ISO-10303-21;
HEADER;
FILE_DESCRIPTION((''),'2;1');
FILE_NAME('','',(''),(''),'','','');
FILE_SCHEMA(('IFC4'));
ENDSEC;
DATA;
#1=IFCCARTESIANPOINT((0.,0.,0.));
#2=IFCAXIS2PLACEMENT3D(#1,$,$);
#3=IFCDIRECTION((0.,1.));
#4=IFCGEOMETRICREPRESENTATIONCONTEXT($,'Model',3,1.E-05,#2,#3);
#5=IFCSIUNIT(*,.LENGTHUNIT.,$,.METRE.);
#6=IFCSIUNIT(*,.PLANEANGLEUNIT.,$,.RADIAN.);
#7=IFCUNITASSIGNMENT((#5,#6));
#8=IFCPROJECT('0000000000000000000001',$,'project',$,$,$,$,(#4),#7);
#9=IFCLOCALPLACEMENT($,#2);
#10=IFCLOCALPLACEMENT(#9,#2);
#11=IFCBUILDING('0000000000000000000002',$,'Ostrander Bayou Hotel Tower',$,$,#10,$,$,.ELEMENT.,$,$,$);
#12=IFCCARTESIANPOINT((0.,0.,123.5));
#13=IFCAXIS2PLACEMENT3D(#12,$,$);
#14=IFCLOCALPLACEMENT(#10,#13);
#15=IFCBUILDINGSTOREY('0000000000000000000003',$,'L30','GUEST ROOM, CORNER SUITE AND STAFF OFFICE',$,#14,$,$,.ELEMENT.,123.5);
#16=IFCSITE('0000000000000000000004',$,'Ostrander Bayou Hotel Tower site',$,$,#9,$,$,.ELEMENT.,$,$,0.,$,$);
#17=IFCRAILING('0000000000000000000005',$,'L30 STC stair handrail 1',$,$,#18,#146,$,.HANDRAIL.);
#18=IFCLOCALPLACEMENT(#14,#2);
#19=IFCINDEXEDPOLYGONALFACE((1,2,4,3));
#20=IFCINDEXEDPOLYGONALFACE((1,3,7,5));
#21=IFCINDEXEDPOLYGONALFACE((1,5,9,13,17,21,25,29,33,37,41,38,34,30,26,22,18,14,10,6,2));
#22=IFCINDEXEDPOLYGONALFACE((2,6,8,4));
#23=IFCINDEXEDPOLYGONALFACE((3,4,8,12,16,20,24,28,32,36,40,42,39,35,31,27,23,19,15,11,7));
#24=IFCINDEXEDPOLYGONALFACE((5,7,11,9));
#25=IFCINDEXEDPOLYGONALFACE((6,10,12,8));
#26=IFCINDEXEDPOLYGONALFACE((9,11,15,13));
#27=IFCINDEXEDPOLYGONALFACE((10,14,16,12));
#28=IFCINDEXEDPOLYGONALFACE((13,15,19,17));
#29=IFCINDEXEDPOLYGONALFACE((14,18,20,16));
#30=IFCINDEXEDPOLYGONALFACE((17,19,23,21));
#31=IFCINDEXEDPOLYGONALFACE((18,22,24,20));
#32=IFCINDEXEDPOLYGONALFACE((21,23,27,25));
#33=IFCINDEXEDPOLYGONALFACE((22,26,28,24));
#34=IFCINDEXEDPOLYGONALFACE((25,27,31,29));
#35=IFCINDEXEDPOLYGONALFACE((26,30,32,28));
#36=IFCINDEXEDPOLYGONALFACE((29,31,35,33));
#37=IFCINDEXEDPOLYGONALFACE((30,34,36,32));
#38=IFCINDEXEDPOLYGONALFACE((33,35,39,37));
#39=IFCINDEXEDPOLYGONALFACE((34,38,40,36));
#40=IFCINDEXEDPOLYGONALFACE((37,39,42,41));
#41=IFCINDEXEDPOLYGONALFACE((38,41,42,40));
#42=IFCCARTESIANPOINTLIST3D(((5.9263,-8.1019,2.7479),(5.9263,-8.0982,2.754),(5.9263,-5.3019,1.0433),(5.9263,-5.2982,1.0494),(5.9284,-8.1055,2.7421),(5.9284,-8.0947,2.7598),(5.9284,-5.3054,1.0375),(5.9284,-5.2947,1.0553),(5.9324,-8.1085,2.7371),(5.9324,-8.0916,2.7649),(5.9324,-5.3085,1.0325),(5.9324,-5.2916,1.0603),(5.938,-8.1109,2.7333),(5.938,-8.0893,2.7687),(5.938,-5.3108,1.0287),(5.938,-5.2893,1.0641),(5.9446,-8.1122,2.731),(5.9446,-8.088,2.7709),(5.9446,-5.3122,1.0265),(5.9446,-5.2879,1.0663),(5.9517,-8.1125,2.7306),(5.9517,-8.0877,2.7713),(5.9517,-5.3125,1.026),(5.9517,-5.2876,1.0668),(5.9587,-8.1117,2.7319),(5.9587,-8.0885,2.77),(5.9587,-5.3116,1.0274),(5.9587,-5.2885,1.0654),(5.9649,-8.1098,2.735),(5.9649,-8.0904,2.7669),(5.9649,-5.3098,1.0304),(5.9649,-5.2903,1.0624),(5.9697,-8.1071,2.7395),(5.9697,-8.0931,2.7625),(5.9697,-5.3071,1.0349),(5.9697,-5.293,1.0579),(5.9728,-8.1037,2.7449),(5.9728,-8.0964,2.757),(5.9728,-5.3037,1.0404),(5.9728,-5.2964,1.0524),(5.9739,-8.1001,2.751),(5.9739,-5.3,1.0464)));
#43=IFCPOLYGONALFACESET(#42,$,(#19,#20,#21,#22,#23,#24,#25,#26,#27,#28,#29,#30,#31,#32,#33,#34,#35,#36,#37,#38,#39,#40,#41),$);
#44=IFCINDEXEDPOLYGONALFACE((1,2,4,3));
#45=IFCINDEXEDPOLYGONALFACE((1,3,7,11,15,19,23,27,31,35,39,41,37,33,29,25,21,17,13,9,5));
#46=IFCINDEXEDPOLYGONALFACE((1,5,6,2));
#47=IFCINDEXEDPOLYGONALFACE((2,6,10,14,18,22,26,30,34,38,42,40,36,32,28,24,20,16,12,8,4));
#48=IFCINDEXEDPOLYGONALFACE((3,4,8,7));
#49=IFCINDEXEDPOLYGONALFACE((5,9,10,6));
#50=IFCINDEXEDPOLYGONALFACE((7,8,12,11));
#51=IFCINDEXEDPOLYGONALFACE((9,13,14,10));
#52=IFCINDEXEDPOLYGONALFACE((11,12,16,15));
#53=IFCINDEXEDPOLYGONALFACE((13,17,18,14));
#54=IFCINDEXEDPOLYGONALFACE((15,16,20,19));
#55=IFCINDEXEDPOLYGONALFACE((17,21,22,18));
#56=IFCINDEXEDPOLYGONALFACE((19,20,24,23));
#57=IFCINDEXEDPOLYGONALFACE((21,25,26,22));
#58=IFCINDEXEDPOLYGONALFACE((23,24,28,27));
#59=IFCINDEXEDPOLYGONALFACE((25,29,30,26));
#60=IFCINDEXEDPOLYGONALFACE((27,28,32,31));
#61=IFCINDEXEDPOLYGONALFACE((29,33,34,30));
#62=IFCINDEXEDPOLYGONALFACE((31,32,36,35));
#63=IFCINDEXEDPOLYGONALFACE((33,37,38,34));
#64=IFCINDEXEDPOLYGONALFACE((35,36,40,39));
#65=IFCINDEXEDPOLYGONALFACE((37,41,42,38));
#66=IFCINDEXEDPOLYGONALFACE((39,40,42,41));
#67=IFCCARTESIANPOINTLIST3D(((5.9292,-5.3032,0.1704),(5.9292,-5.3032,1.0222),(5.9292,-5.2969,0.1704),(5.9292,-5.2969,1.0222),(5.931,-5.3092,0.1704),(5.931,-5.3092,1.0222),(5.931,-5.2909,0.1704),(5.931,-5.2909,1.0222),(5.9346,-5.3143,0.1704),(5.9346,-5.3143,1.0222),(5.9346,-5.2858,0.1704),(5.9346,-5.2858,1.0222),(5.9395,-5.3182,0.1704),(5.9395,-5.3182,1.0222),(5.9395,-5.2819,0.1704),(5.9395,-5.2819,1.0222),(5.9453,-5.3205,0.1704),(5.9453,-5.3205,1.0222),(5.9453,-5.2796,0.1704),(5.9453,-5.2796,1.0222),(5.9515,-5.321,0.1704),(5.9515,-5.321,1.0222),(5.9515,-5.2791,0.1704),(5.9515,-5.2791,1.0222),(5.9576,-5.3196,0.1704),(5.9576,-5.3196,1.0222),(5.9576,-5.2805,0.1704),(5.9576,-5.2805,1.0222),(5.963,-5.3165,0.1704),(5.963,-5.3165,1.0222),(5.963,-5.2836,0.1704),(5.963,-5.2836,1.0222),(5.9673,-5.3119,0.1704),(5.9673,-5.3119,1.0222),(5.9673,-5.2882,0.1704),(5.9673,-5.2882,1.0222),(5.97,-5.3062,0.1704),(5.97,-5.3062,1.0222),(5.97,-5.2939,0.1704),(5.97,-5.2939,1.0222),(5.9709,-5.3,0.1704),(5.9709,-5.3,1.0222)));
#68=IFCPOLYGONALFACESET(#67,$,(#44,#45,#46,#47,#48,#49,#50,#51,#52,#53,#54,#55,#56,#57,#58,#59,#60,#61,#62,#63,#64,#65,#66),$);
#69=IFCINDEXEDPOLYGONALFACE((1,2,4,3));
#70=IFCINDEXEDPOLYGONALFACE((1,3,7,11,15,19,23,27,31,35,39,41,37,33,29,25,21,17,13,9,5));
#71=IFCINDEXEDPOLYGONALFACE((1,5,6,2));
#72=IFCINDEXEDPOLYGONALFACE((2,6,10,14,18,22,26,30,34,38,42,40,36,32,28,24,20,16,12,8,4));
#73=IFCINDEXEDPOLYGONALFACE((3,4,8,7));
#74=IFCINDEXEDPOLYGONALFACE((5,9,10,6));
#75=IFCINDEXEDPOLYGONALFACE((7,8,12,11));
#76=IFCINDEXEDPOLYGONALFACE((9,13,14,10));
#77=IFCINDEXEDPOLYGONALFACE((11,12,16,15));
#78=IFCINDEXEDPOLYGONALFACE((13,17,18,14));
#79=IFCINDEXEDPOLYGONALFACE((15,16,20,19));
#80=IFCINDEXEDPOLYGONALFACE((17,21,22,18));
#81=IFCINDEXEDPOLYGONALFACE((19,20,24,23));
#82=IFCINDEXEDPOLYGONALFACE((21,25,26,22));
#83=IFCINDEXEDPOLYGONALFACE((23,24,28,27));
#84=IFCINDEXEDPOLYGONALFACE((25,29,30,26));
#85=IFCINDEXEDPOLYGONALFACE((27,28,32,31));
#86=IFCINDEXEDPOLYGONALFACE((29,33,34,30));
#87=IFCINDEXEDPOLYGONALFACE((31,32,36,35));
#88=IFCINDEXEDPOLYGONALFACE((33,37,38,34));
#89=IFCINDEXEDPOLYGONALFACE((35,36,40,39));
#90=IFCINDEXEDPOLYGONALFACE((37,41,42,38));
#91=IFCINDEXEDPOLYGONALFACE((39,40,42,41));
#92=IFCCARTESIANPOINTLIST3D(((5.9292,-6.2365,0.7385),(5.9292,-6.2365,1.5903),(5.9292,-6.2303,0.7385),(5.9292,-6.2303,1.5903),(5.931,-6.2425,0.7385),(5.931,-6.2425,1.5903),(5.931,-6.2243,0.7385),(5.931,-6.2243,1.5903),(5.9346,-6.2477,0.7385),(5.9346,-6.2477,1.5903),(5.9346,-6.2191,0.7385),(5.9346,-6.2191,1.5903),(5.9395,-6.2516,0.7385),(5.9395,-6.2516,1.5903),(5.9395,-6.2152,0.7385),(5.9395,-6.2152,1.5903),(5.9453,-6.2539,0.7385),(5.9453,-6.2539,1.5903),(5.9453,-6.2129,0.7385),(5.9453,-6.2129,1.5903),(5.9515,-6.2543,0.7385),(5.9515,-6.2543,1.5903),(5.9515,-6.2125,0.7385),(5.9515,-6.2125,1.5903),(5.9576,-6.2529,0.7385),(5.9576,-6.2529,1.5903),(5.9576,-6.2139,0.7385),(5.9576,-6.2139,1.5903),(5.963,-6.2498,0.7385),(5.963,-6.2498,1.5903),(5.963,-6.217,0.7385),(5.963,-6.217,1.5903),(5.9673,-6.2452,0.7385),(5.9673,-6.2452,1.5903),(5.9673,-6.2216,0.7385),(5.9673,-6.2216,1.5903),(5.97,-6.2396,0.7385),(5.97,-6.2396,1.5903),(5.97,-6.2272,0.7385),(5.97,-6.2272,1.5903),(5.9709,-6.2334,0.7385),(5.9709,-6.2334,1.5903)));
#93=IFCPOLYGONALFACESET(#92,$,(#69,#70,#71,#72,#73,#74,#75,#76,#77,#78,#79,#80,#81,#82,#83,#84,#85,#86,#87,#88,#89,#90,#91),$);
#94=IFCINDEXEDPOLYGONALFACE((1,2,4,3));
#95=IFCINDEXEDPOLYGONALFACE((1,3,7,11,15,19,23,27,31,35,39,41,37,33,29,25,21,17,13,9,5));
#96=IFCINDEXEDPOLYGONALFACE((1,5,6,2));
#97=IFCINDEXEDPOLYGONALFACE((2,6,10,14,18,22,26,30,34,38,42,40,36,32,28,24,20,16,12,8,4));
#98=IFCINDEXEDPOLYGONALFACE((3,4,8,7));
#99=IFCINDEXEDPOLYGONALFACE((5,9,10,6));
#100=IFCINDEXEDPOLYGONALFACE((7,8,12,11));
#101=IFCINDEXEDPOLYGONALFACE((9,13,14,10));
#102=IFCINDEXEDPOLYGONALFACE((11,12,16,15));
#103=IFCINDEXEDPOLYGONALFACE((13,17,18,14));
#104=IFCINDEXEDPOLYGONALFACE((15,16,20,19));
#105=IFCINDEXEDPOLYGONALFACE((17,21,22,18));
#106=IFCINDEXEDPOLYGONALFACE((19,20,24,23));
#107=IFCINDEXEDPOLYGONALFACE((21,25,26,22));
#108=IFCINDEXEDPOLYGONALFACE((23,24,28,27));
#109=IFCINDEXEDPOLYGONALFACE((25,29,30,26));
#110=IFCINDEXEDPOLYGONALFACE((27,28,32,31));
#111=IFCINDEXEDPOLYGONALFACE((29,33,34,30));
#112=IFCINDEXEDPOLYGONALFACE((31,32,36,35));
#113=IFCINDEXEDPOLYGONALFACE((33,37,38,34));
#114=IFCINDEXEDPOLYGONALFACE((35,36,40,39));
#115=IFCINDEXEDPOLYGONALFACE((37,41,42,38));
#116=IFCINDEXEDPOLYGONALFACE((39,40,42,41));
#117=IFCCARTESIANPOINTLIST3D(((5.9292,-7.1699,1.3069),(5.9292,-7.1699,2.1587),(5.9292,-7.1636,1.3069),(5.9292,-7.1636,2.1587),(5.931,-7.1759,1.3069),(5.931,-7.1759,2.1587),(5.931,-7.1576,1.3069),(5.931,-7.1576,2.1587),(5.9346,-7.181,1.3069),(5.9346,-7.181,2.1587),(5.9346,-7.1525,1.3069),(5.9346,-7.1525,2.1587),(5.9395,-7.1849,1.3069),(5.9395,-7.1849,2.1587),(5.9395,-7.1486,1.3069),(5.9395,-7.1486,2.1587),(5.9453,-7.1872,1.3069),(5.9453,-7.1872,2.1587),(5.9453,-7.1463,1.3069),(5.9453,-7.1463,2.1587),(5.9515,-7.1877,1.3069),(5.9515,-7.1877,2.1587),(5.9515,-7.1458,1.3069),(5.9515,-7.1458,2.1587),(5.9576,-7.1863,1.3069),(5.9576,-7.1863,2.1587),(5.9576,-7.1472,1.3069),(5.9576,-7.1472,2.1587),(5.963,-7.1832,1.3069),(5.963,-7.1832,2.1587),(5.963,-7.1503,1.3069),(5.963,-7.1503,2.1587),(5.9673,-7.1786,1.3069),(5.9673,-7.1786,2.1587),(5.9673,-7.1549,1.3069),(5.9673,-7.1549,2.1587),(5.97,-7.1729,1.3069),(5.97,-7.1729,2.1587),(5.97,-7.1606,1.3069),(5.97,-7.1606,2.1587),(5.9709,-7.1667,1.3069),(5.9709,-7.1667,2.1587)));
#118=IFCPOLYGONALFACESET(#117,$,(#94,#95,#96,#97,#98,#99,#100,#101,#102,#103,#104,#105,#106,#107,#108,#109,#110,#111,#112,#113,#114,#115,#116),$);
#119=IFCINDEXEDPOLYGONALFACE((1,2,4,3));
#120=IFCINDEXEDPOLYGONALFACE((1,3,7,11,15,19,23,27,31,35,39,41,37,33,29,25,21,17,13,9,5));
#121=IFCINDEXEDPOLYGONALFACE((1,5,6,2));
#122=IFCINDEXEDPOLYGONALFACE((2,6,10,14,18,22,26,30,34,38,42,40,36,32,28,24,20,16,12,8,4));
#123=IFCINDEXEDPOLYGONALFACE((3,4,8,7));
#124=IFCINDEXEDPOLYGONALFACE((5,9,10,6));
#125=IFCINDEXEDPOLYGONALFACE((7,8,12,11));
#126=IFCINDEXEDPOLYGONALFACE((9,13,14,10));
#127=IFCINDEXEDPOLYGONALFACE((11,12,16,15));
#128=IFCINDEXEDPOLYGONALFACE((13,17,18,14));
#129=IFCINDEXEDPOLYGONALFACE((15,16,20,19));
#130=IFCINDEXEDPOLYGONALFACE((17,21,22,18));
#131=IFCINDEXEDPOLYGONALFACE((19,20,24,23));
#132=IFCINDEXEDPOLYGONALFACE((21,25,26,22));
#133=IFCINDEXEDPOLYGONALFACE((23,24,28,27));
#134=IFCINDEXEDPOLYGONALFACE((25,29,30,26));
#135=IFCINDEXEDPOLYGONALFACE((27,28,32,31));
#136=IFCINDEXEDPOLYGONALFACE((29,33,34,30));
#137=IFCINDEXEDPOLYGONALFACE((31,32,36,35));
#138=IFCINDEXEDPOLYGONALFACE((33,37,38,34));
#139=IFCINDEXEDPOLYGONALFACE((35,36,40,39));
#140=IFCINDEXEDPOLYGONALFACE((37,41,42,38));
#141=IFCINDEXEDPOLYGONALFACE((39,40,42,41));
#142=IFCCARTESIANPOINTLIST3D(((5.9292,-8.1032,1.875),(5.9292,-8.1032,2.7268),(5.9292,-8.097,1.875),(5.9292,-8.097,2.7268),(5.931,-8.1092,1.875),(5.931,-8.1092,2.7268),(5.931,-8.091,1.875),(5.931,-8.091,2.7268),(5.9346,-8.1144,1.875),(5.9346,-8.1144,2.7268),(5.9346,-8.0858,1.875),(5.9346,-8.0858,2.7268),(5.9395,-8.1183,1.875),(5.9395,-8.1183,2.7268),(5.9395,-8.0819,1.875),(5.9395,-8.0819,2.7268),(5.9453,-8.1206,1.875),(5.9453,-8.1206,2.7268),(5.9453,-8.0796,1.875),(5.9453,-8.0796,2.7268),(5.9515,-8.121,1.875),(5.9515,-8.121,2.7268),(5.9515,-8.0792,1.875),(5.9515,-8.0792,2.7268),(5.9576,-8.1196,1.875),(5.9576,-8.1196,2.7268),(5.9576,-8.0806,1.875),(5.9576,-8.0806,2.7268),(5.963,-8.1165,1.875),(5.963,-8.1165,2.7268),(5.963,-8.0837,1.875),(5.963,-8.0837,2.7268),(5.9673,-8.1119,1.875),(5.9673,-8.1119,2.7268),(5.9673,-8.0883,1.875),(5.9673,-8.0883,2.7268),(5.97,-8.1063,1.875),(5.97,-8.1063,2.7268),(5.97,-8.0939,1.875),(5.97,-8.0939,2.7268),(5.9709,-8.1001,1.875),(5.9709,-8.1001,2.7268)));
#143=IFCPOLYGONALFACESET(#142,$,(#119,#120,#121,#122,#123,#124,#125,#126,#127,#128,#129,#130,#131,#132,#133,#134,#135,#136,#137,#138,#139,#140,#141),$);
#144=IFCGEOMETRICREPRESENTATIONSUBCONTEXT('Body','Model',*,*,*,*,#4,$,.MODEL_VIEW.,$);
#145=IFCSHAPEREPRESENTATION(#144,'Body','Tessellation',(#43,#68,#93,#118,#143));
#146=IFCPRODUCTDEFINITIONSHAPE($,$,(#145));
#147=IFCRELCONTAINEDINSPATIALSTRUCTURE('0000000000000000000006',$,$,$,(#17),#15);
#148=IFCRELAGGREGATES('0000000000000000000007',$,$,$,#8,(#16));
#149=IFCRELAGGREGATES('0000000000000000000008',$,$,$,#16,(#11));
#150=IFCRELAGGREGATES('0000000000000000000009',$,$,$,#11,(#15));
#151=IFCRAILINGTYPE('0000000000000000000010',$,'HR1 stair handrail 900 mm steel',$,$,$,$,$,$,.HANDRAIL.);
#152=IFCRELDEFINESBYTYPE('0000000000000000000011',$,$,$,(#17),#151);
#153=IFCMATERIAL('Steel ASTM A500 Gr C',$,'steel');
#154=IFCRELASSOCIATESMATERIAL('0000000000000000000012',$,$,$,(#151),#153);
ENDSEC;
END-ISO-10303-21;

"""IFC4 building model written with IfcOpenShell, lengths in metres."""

from ifc_helpers import new_model, si_unit, direction, frame, origin, origin_2d, place, context, subcontext, project, spatial, circle, extrude, material, type_object, element, save


model = new_model("IFC4")

# Units and contexts
model_context = context("Model", 3, precision=1e-05, world=origin(), true_north=direction((0.0, 1.0)))
body_context = subcontext(model_context, "Body", "Model", "MODEL_VIEW")
ifc_project = project(units=[si_unit("LENGTHUNIT", "METRE"), si_unit("PLANEANGLEUNIT", "RADIAN")], contexts=[model_context])

# Site, building, storey
site_placement = place(None, origin())
site = spatial("IfcSite", under=ifc_project, at=site_placement, Name="Ostrander Bayou Hotel Tower site", CompositionType="ELEMENT", RefElevation=0.0)
building_placement = place(site_placement, origin())
building = spatial("IfcBuilding", under=site, at=building_placement, Name="Ostrander Bayou Hotel Tower", CompositionType="ELEMENT")
storey_placement = place(building_placement, frame((0.0, 0.0, 123.5)))
storey = spatial("IfcBuildingStorey", under=building, at=storey_placement, Name="L30", Description="GUEST ROOM, CORNER SUITE AND STAFF OFFICE", CompositionType="ELEMENT", Elevation=123.5)

# Railing
ifc_material_1 = material(Name="Steel ASTM A500 Gr C", Category="steel")
railing_type_1 = type_object("IfcRailingType", Name="HR1 stair handrail 900 mm steel", PredefinedType="HANDRAIL", material=ifc_material_1)
railing_1_placement = place(storey_placement, frame((5.95, -5.3, 0.1704)))
element("IfcRailing", 1, at=railing_1_placement, inside=storey, type_object=railing_type_1, Name="L30 STC stair handrail 1", PredefinedType="HANDRAIL", context=body_context, shape_type="SweptSolid", body=[
    extrude(circle(Radius=0.0239, at=origin_2d()), frame((0.0, 0.0, 0.876), z_axis=(0.0, -0.85417, 0.519994), x_axis=(1.0, 0.0, 0.0)), (0.0, 0.0, 1.0), 3.2781),
    extrude(circle(Radius=0.021, at=origin_2d()), origin(), (0.0, 0.0, 1.0), 0.8518),
    extrude(circle(Radius=0.021, at=origin_2d()), frame((0.0, -0.9333, 0.5681)), (0.0, 0.0, 1.0), 0.8518),
    extrude(circle(Radius=0.021, at=origin_2d()), frame((0.0, -1.8667, 1.1365)), (0.0, 0.0, 1.0), 0.8518),
    extrude(circle(Radius=0.021, at=origin_2d()), frame((0.0, -2.8, 1.7046)), (0.0, 0.0, 1.0), 0.8518),
])

save(model, "model.ifc")
